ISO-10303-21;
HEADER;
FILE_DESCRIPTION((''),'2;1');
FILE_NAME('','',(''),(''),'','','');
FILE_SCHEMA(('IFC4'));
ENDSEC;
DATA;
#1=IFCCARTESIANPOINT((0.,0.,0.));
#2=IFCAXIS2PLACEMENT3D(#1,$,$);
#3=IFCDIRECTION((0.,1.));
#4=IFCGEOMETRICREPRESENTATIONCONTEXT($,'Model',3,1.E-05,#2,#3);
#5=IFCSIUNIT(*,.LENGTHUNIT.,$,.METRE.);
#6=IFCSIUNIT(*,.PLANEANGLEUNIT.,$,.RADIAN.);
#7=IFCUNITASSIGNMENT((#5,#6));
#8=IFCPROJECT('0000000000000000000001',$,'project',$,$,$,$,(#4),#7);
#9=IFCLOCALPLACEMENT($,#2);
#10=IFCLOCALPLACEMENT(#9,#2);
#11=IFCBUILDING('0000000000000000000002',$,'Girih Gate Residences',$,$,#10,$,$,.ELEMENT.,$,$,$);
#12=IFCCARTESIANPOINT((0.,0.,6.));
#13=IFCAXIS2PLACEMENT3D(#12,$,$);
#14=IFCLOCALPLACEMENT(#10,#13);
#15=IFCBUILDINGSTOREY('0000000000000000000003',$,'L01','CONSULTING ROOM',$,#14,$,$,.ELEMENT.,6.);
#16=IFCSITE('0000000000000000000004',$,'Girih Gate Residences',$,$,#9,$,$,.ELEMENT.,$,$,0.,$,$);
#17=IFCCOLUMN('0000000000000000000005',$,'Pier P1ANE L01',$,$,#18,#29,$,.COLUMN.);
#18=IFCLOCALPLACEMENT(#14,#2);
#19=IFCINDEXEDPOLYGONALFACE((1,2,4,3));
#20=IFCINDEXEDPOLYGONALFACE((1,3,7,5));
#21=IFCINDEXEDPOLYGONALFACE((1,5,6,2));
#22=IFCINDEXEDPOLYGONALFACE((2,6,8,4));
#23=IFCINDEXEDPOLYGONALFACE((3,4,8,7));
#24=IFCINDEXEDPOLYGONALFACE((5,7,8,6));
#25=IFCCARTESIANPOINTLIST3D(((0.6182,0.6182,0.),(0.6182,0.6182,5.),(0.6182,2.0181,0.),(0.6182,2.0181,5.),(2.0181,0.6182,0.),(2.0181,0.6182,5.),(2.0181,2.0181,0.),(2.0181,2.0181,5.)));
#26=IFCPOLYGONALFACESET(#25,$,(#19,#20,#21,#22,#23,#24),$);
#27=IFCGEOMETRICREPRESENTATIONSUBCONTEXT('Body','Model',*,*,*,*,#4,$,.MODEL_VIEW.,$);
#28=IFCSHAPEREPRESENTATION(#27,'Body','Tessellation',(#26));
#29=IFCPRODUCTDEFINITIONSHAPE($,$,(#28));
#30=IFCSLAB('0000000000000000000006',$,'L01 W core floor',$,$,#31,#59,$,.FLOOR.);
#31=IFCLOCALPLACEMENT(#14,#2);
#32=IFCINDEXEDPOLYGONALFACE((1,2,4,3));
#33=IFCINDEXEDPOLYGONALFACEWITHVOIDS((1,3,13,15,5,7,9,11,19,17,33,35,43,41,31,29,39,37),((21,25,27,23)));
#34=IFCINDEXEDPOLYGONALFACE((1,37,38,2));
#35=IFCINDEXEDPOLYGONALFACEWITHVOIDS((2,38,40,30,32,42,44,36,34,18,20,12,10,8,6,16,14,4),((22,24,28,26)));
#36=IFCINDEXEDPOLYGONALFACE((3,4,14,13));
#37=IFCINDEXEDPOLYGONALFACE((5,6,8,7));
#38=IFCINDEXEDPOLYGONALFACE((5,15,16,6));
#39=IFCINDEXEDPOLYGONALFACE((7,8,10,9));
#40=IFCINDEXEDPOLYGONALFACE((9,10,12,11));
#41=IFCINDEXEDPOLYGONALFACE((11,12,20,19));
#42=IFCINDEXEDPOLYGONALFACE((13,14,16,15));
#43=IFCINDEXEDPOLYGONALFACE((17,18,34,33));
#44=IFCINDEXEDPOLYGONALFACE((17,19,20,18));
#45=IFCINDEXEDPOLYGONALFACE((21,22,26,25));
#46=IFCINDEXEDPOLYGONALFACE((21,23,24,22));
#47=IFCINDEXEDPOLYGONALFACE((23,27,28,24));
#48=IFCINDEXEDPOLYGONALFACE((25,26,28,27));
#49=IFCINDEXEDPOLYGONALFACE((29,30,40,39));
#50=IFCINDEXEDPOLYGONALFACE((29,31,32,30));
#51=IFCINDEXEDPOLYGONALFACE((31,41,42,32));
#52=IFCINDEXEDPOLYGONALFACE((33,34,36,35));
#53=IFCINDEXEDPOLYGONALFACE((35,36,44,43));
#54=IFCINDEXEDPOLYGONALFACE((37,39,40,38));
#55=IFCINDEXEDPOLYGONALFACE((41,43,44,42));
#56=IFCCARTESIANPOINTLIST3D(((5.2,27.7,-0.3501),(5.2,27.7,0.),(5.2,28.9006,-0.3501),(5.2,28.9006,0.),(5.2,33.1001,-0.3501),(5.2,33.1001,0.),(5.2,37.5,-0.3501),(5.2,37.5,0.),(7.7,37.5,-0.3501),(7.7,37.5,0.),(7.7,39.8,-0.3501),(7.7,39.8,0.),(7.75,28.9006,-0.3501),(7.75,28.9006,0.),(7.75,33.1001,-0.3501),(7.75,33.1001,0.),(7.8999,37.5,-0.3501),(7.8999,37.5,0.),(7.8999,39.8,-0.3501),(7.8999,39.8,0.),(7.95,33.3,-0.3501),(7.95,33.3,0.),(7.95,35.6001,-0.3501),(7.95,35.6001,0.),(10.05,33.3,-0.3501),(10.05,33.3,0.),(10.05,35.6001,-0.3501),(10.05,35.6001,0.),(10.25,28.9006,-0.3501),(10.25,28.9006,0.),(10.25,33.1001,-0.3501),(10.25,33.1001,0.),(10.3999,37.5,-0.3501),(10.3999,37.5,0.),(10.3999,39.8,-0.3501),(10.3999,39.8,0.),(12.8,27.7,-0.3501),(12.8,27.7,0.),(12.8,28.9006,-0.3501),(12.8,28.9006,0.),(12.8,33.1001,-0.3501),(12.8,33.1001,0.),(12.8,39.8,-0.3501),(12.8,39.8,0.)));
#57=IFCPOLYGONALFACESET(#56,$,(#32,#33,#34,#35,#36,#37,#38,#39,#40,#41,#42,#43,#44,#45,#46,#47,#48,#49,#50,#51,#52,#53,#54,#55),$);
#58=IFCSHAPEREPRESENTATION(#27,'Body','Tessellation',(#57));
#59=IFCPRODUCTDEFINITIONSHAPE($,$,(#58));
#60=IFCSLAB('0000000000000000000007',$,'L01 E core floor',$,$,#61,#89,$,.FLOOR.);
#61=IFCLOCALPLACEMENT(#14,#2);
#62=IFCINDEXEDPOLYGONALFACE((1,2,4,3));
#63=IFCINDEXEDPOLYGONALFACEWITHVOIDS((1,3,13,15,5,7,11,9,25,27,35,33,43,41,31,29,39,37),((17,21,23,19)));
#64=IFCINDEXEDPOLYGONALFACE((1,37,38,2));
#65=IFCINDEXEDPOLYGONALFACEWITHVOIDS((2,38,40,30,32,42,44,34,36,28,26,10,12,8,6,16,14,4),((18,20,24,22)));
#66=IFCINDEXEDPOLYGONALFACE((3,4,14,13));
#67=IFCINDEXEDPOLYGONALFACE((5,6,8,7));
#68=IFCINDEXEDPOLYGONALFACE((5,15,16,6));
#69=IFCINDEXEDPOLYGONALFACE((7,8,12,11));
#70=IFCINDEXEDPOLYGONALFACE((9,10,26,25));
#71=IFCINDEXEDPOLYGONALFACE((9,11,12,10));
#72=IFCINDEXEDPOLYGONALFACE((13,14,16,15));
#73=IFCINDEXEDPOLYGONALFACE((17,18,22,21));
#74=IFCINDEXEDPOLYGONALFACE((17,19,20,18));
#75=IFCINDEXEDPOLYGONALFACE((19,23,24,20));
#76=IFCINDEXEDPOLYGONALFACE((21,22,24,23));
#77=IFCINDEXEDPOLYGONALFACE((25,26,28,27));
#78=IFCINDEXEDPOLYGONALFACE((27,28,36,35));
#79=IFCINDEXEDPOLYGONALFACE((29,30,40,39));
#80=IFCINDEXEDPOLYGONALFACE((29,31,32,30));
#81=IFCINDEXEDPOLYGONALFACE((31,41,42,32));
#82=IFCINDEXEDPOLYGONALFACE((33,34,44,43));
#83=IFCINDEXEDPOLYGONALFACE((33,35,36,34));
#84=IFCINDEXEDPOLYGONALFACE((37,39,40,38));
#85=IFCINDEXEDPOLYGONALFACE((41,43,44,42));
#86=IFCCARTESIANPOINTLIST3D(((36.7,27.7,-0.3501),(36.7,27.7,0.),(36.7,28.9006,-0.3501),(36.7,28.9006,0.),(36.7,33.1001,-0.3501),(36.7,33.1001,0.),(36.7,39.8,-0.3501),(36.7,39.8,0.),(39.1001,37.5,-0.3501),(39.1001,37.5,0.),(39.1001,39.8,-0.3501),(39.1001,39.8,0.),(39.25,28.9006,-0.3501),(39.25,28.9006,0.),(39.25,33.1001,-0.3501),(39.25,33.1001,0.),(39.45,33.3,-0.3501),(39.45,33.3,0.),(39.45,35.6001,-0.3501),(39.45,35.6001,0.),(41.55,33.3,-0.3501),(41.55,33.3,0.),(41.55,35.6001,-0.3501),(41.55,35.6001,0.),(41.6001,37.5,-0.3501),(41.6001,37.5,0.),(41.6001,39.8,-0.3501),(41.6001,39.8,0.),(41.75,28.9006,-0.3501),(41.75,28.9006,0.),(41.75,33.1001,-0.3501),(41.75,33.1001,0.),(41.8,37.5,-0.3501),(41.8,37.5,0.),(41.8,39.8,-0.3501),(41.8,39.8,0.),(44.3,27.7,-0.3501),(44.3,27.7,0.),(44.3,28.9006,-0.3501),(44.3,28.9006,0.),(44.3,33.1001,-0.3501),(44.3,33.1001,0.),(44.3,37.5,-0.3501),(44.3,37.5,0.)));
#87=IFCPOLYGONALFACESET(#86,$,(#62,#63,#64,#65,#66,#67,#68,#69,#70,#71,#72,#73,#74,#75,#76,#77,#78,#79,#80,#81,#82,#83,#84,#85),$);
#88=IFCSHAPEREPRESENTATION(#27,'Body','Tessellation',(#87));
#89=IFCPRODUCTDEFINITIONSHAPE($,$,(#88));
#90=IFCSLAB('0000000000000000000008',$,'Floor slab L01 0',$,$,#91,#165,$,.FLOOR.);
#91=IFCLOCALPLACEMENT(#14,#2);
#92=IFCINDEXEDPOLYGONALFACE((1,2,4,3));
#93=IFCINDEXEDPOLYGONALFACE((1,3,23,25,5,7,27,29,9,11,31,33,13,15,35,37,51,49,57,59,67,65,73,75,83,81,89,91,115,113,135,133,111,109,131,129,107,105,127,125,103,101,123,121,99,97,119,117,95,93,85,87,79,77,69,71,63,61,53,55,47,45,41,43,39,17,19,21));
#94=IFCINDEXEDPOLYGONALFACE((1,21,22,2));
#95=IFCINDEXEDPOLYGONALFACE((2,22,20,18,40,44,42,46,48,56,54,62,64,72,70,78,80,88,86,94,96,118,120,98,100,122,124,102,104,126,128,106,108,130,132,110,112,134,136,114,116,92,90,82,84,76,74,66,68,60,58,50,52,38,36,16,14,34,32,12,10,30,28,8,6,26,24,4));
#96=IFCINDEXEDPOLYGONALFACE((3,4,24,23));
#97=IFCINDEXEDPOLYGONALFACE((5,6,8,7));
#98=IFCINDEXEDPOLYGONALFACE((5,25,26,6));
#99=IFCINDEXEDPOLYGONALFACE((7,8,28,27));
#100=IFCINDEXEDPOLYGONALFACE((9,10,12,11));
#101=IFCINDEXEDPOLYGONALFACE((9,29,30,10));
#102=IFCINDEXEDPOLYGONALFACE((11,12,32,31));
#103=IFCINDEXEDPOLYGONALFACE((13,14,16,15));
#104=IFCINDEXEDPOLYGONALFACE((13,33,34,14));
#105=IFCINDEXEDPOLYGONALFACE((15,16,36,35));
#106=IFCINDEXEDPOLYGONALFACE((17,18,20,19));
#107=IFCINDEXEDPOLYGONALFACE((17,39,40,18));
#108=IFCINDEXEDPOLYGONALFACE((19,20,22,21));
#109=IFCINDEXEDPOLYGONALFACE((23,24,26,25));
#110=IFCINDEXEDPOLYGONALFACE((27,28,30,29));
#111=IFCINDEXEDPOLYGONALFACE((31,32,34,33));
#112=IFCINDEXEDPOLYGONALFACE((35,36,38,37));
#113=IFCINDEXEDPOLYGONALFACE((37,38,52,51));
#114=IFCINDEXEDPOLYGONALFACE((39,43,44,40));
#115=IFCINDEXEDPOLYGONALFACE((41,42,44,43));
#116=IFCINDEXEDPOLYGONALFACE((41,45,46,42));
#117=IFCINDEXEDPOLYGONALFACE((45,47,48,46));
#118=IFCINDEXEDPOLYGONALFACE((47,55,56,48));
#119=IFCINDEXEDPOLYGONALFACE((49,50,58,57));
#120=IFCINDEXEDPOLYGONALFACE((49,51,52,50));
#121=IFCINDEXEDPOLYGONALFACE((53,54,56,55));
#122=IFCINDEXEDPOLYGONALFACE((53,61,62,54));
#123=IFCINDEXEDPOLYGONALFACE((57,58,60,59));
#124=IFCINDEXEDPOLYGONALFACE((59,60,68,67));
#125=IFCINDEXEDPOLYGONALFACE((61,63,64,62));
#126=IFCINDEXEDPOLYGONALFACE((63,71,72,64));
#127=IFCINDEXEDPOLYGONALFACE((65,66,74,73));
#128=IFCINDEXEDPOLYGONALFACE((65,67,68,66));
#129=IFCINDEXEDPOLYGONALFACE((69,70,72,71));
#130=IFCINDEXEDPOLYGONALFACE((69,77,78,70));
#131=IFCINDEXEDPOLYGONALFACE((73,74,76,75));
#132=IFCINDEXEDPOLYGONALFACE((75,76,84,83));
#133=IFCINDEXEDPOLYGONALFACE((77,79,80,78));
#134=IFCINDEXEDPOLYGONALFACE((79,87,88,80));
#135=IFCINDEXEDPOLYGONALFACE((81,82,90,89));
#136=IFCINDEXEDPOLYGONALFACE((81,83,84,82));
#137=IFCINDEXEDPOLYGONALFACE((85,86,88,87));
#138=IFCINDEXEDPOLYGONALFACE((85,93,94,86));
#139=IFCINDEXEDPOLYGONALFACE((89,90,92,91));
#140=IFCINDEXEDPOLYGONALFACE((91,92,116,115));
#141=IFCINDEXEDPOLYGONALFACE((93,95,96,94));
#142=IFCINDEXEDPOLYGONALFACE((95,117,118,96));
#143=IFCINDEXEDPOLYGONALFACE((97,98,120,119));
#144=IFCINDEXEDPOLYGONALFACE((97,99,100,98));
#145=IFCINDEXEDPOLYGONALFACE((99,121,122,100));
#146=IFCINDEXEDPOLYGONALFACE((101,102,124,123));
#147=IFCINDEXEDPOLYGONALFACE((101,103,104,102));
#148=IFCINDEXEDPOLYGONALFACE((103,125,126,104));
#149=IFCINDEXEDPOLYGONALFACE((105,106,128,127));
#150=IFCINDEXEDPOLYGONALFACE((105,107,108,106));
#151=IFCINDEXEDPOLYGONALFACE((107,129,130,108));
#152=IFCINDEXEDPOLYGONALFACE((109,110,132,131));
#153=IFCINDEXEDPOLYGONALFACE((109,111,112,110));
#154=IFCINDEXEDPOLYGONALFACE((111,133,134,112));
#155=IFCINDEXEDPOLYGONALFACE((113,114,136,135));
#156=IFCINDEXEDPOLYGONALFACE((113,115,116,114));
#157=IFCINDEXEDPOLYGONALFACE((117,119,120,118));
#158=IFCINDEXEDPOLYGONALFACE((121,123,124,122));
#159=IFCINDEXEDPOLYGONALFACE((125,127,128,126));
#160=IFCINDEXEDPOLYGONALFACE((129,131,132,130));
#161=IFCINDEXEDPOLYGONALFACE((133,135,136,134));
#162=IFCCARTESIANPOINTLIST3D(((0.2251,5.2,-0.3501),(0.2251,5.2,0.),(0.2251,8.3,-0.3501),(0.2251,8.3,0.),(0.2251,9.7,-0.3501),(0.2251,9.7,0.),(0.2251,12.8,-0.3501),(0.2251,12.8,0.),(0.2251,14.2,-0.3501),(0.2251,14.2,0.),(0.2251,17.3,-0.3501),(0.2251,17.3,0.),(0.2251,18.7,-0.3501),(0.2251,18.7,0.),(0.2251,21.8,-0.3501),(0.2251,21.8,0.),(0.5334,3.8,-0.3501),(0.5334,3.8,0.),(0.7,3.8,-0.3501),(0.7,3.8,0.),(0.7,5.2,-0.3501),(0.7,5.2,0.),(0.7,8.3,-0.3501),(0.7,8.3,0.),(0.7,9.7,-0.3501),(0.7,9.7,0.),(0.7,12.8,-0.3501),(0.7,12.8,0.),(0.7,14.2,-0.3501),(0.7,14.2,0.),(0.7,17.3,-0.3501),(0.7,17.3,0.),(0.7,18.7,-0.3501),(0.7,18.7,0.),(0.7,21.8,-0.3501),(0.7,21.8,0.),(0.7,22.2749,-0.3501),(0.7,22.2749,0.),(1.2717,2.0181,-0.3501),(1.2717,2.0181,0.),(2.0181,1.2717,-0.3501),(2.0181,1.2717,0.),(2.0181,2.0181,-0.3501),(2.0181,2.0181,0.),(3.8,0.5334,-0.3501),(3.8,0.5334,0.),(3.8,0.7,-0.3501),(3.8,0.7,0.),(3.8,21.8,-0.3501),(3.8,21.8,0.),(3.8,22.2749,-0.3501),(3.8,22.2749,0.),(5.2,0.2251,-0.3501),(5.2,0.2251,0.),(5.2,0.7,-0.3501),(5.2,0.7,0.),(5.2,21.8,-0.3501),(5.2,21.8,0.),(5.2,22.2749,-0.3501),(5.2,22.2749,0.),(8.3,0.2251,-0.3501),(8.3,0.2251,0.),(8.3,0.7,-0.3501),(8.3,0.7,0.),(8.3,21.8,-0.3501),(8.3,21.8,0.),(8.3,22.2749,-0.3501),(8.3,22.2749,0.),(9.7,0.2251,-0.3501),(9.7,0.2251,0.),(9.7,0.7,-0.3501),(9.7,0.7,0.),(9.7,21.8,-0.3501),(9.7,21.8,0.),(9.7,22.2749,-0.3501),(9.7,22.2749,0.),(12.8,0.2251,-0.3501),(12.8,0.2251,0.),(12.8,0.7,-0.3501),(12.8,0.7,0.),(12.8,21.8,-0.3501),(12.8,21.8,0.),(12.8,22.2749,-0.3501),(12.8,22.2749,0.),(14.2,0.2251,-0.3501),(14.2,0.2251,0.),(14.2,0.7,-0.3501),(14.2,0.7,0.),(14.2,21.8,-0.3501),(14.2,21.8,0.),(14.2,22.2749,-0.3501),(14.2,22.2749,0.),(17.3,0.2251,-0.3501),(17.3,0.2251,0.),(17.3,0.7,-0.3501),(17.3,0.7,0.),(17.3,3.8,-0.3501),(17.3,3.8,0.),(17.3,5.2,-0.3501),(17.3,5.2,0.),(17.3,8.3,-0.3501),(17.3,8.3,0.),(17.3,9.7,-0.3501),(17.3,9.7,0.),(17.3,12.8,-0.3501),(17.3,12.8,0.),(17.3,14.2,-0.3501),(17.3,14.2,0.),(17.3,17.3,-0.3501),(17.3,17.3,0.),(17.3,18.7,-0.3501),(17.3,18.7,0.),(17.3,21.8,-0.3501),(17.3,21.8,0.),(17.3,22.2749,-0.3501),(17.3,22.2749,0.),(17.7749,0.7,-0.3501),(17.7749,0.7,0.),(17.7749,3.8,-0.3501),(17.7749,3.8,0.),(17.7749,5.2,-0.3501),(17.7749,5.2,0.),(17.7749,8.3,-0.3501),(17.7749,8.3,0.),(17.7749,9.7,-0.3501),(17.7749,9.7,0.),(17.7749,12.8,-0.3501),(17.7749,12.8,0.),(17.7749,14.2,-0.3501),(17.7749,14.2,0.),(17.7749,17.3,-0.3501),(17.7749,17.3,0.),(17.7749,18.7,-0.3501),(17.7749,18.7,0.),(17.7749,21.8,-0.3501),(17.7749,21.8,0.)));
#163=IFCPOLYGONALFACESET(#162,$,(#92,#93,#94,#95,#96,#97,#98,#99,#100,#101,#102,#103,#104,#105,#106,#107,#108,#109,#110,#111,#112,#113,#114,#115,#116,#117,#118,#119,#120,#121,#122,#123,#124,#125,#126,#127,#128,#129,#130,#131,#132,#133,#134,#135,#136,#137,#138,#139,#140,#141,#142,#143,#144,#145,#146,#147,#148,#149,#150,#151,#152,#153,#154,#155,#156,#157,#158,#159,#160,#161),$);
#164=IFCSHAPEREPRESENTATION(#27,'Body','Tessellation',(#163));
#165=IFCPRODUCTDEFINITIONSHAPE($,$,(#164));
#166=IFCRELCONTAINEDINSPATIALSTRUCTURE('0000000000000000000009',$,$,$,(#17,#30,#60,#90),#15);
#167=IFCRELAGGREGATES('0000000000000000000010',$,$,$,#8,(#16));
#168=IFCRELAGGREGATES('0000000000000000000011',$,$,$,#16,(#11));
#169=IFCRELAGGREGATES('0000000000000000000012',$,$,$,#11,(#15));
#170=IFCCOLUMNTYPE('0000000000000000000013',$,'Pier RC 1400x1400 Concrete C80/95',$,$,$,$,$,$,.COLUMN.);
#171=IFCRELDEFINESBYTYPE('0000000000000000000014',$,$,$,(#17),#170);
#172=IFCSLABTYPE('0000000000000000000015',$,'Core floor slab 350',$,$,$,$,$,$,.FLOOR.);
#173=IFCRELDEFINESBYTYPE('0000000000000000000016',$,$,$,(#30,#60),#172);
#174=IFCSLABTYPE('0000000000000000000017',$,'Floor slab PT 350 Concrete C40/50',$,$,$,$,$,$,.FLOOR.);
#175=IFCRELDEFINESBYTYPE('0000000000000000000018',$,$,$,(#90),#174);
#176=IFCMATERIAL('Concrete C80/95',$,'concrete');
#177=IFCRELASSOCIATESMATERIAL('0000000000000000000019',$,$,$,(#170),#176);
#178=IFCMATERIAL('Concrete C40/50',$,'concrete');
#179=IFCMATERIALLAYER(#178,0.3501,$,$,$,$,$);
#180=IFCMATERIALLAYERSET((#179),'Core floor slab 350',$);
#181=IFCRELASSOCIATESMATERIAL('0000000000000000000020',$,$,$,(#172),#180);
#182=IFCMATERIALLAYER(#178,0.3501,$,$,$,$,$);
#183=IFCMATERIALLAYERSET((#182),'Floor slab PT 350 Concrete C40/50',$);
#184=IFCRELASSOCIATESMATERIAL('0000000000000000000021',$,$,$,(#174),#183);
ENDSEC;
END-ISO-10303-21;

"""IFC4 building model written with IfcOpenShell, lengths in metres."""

from ifc_helpers import new_model, si_unit, direction, frame, origin, origin_2d, place, context, subcontext, project, spatial, polyline, rectangle, outline, extrude, material, layer, layer_set, material_profile, profile_set, type_object, element, save


model = new_model("IFC4")

# Units and contexts
model_context = context("Model", 3, precision=1e-05, world=origin(), true_north=direction((0.0, 1.0)))
body_context = subcontext(model_context, "Body", "Model", "MODEL_VIEW")
ifc_project = project(units=[si_unit("LENGTHUNIT", "METRE"), si_unit("PLANEANGLEUNIT", "RADIAN")], contexts=[model_context])

# Site, building, storey
site_placement = place(None, origin())
site = spatial("IfcSite", under=ifc_project, at=site_placement, Name="Girih Gate Residences", CompositionType="ELEMENT", RefElevation=0.0)
building_placement = place(site_placement, origin())
building = spatial("IfcBuilding", under=site, at=building_placement, Name="Girih Gate Residences", CompositionType="ELEMENT")
storey_placement = place(building_placement, frame((0.0, 0.0, 6.0)))
storey = spatial("IfcBuildingStorey", under=building, at=storey_placement, Name="L01", Description="CONSULTING ROOM", CompositionType="ELEMENT", Elevation=6.0)

# Column
ifc_material_1 = material(Name="Concrete C80/95", Category="concrete")
ifc_material_profile = material_profile(ifc_material_1, rectangle(XDim=1.3999, YDim=1.3999, at=origin_2d()))
ifc_profile_set = profile_set([ifc_material_profile], Name="Concrete C80/95")
column_type = type_object("IfcColumnType", Name="Pier RC 1400x1400 Concrete C80/95", PredefinedType="COLUMN", material=ifc_profile_set)
column_placement = place(storey_placement, frame((1.3181, 1.3181, 0.0), z_axis=(0.0, 0.0, 1.0), x_axis=(1.0, 0.0, 0.0)))
element("IfcColumn", 1, at=column_placement, inside=storey, type_object=column_type, Name="Pier P1ANE L01", PredefinedType="COLUMN", context=body_context, shape_type="SweptSolid", body=[
    extrude(rectangle(XDim=1.3999, YDim=1.3999, at=origin_2d()), origin(), (0.0, 0.0, 1.0), 5.0),
])

# Slabs
ifc_material_2 = material(Name="Concrete C40/50", Category="concrete")
ifc_layer_1 = layer(ifc_material_2, 0.3501)
ifc_layer_set_1 = layer_set([ifc_layer_1], Name="Core floor slab 350")
slab_type_1 = type_object("IfcSlabType", Name="Core floor slab 350", PredefinedType="FLOOR", material=ifc_layer_set_1)
slab_1_placement = place(storey_placement, frame((0.0, 0.0, -0.3501)))
element("IfcSlab", 2, at=slab_1_placement, inside=storey, type_object=slab_type_1, Name="L01 W core floor", PredefinedType="FLOOR", context=body_context, shape_type="SweptSolid", body=[
    extrude(outline(polyline([(12.8, 27.7), (5.2, 27.7), (5.2, 28.9006), (7.75, 28.9006), (7.75, 33.1001), (5.2, 33.1001), (5.2, 37.5), (7.7, 37.5), (7.7, 39.8), (7.8999, 39.8), (7.8999, 37.5), (10.3999, 37.5), (10.3999, 39.8), (12.8, 39.8), (12.8, 33.1001), (10.25, 33.1001), (10.25, 28.9006), (12.8, 28.9006), (12.8, 27.7)]), holes=[polyline([(7.95, 33.3), (10.05, 33.3), (10.05, 35.6001), (7.95, 35.6001), (7.95, 33.3)])]), origin(), (0.0, 0.0, 1.0), 0.3501),
])
slab_2_placement = place(storey_placement, frame((0.0, 0.0, -0.3501)))
element("IfcSlab", 3, at=slab_2_placement, inside=storey, type_object=slab_type_1, Name="L01 E core floor", PredefinedType="FLOOR", context=body_context, shape_type="SweptSolid", body=[
    extrude(outline(polyline([(44.3, 27.7), (36.7, 27.7), (36.7, 28.9006), (39.25, 28.9006), (39.25, 33.1001), (36.7, 33.1001), (36.7, 39.8), (39.1001, 39.8), (39.1001, 37.5), (41.6001, 37.5), (41.6001, 39.8), (41.8, 39.8), (41.8, 37.5), (44.3, 37.5), (44.3, 33.1001), (41.75, 33.1001), (41.75, 28.9006), (44.3, 28.9006), (44.3, 27.7)]), holes=[polyline([(39.45, 33.3), (41.55, 33.3), (41.55, 35.6001), (39.45, 35.6001), (39.45, 33.3)])]), origin(), (0.0, 0.0, 1.0), 0.3501),
])
ifc_layer_2 = layer(ifc_material_2, 0.3501)
ifc_layer_set_2 = layer_set([ifc_layer_2], Name="Floor slab PT 350 Concrete C40/50")
slab_type_2 = type_object("IfcSlabType", Name="Floor slab PT 350 Concrete C40/50", PredefinedType="FLOOR", material=ifc_layer_set_2)
slab_3_placement = place(storey_placement, frame((0.0, 0.0, -0.3501)))
element("IfcSlab", 4, at=slab_3_placement, inside=storey, type_object=slab_type_2, Name="Floor slab L01 0", PredefinedType="FLOOR", context=body_context, shape_type="SweptSolid", body=[
    extrude(outline(polyline([(14.2, 0.2251), (17.3, 0.2251), (17.3, 0.7), (17.7749, 0.7), (17.7749, 3.8), (17.3, 3.8), (17.3, 5.2), (17.7749, 5.2), (17.7749, 8.3), (17.3, 8.3), (17.3, 9.7), (17.7749, 9.7), (17.7749, 12.8), (17.3, 12.8), (17.3, 14.2), (17.7749, 14.2), (17.7749, 17.3), (17.3, 17.3), (17.3, 18.7), (17.7749, 18.7), (17.7749, 21.8), (17.3, 21.8), (17.3, 22.2749), (14.2, 22.2749), (14.2, 21.8), (12.8, 21.8), (12.8, 22.2749), (9.7, 22.2749), (9.7, 21.8), (8.3, 21.8), (8.3, 22.2749), (5.2, 22.2749), (5.2, 21.8), (3.8, 21.8), (3.8, 22.2749), (0.7, 22.2749), (0.7, 21.8), (0.2251, 21.8), (0.2251, 18.7), (0.7, 18.7), (0.7, 17.3), (0.2251, 17.3), (0.2251, 14.2), (0.7, 14.2), (0.7, 12.8), (0.2251, 12.8), (0.2251, 9.7), (0.7, 9.7), (0.7, 8.3), (0.2251, 8.3), (0.2251, 5.2), (0.7, 5.2), (0.7, 3.8), (0.5334, 3.8), (1.2717, 2.0181), (2.0181, 2.0181), (2.0181, 1.2717), (3.8, 0.5334), (3.8, 0.7), (5.2, 0.7), (5.2, 0.2251), (8.3, 0.2251), (8.3, 0.7), (9.7, 0.7), (9.7, 0.2251), (12.8, 0.2251), (12.8, 0.7), (14.2, 0.7), (14.2, 0.2251)])), origin(), (0.0, 0.0, 1.0), 0.3501),
])

save(model, "model.ifc")
